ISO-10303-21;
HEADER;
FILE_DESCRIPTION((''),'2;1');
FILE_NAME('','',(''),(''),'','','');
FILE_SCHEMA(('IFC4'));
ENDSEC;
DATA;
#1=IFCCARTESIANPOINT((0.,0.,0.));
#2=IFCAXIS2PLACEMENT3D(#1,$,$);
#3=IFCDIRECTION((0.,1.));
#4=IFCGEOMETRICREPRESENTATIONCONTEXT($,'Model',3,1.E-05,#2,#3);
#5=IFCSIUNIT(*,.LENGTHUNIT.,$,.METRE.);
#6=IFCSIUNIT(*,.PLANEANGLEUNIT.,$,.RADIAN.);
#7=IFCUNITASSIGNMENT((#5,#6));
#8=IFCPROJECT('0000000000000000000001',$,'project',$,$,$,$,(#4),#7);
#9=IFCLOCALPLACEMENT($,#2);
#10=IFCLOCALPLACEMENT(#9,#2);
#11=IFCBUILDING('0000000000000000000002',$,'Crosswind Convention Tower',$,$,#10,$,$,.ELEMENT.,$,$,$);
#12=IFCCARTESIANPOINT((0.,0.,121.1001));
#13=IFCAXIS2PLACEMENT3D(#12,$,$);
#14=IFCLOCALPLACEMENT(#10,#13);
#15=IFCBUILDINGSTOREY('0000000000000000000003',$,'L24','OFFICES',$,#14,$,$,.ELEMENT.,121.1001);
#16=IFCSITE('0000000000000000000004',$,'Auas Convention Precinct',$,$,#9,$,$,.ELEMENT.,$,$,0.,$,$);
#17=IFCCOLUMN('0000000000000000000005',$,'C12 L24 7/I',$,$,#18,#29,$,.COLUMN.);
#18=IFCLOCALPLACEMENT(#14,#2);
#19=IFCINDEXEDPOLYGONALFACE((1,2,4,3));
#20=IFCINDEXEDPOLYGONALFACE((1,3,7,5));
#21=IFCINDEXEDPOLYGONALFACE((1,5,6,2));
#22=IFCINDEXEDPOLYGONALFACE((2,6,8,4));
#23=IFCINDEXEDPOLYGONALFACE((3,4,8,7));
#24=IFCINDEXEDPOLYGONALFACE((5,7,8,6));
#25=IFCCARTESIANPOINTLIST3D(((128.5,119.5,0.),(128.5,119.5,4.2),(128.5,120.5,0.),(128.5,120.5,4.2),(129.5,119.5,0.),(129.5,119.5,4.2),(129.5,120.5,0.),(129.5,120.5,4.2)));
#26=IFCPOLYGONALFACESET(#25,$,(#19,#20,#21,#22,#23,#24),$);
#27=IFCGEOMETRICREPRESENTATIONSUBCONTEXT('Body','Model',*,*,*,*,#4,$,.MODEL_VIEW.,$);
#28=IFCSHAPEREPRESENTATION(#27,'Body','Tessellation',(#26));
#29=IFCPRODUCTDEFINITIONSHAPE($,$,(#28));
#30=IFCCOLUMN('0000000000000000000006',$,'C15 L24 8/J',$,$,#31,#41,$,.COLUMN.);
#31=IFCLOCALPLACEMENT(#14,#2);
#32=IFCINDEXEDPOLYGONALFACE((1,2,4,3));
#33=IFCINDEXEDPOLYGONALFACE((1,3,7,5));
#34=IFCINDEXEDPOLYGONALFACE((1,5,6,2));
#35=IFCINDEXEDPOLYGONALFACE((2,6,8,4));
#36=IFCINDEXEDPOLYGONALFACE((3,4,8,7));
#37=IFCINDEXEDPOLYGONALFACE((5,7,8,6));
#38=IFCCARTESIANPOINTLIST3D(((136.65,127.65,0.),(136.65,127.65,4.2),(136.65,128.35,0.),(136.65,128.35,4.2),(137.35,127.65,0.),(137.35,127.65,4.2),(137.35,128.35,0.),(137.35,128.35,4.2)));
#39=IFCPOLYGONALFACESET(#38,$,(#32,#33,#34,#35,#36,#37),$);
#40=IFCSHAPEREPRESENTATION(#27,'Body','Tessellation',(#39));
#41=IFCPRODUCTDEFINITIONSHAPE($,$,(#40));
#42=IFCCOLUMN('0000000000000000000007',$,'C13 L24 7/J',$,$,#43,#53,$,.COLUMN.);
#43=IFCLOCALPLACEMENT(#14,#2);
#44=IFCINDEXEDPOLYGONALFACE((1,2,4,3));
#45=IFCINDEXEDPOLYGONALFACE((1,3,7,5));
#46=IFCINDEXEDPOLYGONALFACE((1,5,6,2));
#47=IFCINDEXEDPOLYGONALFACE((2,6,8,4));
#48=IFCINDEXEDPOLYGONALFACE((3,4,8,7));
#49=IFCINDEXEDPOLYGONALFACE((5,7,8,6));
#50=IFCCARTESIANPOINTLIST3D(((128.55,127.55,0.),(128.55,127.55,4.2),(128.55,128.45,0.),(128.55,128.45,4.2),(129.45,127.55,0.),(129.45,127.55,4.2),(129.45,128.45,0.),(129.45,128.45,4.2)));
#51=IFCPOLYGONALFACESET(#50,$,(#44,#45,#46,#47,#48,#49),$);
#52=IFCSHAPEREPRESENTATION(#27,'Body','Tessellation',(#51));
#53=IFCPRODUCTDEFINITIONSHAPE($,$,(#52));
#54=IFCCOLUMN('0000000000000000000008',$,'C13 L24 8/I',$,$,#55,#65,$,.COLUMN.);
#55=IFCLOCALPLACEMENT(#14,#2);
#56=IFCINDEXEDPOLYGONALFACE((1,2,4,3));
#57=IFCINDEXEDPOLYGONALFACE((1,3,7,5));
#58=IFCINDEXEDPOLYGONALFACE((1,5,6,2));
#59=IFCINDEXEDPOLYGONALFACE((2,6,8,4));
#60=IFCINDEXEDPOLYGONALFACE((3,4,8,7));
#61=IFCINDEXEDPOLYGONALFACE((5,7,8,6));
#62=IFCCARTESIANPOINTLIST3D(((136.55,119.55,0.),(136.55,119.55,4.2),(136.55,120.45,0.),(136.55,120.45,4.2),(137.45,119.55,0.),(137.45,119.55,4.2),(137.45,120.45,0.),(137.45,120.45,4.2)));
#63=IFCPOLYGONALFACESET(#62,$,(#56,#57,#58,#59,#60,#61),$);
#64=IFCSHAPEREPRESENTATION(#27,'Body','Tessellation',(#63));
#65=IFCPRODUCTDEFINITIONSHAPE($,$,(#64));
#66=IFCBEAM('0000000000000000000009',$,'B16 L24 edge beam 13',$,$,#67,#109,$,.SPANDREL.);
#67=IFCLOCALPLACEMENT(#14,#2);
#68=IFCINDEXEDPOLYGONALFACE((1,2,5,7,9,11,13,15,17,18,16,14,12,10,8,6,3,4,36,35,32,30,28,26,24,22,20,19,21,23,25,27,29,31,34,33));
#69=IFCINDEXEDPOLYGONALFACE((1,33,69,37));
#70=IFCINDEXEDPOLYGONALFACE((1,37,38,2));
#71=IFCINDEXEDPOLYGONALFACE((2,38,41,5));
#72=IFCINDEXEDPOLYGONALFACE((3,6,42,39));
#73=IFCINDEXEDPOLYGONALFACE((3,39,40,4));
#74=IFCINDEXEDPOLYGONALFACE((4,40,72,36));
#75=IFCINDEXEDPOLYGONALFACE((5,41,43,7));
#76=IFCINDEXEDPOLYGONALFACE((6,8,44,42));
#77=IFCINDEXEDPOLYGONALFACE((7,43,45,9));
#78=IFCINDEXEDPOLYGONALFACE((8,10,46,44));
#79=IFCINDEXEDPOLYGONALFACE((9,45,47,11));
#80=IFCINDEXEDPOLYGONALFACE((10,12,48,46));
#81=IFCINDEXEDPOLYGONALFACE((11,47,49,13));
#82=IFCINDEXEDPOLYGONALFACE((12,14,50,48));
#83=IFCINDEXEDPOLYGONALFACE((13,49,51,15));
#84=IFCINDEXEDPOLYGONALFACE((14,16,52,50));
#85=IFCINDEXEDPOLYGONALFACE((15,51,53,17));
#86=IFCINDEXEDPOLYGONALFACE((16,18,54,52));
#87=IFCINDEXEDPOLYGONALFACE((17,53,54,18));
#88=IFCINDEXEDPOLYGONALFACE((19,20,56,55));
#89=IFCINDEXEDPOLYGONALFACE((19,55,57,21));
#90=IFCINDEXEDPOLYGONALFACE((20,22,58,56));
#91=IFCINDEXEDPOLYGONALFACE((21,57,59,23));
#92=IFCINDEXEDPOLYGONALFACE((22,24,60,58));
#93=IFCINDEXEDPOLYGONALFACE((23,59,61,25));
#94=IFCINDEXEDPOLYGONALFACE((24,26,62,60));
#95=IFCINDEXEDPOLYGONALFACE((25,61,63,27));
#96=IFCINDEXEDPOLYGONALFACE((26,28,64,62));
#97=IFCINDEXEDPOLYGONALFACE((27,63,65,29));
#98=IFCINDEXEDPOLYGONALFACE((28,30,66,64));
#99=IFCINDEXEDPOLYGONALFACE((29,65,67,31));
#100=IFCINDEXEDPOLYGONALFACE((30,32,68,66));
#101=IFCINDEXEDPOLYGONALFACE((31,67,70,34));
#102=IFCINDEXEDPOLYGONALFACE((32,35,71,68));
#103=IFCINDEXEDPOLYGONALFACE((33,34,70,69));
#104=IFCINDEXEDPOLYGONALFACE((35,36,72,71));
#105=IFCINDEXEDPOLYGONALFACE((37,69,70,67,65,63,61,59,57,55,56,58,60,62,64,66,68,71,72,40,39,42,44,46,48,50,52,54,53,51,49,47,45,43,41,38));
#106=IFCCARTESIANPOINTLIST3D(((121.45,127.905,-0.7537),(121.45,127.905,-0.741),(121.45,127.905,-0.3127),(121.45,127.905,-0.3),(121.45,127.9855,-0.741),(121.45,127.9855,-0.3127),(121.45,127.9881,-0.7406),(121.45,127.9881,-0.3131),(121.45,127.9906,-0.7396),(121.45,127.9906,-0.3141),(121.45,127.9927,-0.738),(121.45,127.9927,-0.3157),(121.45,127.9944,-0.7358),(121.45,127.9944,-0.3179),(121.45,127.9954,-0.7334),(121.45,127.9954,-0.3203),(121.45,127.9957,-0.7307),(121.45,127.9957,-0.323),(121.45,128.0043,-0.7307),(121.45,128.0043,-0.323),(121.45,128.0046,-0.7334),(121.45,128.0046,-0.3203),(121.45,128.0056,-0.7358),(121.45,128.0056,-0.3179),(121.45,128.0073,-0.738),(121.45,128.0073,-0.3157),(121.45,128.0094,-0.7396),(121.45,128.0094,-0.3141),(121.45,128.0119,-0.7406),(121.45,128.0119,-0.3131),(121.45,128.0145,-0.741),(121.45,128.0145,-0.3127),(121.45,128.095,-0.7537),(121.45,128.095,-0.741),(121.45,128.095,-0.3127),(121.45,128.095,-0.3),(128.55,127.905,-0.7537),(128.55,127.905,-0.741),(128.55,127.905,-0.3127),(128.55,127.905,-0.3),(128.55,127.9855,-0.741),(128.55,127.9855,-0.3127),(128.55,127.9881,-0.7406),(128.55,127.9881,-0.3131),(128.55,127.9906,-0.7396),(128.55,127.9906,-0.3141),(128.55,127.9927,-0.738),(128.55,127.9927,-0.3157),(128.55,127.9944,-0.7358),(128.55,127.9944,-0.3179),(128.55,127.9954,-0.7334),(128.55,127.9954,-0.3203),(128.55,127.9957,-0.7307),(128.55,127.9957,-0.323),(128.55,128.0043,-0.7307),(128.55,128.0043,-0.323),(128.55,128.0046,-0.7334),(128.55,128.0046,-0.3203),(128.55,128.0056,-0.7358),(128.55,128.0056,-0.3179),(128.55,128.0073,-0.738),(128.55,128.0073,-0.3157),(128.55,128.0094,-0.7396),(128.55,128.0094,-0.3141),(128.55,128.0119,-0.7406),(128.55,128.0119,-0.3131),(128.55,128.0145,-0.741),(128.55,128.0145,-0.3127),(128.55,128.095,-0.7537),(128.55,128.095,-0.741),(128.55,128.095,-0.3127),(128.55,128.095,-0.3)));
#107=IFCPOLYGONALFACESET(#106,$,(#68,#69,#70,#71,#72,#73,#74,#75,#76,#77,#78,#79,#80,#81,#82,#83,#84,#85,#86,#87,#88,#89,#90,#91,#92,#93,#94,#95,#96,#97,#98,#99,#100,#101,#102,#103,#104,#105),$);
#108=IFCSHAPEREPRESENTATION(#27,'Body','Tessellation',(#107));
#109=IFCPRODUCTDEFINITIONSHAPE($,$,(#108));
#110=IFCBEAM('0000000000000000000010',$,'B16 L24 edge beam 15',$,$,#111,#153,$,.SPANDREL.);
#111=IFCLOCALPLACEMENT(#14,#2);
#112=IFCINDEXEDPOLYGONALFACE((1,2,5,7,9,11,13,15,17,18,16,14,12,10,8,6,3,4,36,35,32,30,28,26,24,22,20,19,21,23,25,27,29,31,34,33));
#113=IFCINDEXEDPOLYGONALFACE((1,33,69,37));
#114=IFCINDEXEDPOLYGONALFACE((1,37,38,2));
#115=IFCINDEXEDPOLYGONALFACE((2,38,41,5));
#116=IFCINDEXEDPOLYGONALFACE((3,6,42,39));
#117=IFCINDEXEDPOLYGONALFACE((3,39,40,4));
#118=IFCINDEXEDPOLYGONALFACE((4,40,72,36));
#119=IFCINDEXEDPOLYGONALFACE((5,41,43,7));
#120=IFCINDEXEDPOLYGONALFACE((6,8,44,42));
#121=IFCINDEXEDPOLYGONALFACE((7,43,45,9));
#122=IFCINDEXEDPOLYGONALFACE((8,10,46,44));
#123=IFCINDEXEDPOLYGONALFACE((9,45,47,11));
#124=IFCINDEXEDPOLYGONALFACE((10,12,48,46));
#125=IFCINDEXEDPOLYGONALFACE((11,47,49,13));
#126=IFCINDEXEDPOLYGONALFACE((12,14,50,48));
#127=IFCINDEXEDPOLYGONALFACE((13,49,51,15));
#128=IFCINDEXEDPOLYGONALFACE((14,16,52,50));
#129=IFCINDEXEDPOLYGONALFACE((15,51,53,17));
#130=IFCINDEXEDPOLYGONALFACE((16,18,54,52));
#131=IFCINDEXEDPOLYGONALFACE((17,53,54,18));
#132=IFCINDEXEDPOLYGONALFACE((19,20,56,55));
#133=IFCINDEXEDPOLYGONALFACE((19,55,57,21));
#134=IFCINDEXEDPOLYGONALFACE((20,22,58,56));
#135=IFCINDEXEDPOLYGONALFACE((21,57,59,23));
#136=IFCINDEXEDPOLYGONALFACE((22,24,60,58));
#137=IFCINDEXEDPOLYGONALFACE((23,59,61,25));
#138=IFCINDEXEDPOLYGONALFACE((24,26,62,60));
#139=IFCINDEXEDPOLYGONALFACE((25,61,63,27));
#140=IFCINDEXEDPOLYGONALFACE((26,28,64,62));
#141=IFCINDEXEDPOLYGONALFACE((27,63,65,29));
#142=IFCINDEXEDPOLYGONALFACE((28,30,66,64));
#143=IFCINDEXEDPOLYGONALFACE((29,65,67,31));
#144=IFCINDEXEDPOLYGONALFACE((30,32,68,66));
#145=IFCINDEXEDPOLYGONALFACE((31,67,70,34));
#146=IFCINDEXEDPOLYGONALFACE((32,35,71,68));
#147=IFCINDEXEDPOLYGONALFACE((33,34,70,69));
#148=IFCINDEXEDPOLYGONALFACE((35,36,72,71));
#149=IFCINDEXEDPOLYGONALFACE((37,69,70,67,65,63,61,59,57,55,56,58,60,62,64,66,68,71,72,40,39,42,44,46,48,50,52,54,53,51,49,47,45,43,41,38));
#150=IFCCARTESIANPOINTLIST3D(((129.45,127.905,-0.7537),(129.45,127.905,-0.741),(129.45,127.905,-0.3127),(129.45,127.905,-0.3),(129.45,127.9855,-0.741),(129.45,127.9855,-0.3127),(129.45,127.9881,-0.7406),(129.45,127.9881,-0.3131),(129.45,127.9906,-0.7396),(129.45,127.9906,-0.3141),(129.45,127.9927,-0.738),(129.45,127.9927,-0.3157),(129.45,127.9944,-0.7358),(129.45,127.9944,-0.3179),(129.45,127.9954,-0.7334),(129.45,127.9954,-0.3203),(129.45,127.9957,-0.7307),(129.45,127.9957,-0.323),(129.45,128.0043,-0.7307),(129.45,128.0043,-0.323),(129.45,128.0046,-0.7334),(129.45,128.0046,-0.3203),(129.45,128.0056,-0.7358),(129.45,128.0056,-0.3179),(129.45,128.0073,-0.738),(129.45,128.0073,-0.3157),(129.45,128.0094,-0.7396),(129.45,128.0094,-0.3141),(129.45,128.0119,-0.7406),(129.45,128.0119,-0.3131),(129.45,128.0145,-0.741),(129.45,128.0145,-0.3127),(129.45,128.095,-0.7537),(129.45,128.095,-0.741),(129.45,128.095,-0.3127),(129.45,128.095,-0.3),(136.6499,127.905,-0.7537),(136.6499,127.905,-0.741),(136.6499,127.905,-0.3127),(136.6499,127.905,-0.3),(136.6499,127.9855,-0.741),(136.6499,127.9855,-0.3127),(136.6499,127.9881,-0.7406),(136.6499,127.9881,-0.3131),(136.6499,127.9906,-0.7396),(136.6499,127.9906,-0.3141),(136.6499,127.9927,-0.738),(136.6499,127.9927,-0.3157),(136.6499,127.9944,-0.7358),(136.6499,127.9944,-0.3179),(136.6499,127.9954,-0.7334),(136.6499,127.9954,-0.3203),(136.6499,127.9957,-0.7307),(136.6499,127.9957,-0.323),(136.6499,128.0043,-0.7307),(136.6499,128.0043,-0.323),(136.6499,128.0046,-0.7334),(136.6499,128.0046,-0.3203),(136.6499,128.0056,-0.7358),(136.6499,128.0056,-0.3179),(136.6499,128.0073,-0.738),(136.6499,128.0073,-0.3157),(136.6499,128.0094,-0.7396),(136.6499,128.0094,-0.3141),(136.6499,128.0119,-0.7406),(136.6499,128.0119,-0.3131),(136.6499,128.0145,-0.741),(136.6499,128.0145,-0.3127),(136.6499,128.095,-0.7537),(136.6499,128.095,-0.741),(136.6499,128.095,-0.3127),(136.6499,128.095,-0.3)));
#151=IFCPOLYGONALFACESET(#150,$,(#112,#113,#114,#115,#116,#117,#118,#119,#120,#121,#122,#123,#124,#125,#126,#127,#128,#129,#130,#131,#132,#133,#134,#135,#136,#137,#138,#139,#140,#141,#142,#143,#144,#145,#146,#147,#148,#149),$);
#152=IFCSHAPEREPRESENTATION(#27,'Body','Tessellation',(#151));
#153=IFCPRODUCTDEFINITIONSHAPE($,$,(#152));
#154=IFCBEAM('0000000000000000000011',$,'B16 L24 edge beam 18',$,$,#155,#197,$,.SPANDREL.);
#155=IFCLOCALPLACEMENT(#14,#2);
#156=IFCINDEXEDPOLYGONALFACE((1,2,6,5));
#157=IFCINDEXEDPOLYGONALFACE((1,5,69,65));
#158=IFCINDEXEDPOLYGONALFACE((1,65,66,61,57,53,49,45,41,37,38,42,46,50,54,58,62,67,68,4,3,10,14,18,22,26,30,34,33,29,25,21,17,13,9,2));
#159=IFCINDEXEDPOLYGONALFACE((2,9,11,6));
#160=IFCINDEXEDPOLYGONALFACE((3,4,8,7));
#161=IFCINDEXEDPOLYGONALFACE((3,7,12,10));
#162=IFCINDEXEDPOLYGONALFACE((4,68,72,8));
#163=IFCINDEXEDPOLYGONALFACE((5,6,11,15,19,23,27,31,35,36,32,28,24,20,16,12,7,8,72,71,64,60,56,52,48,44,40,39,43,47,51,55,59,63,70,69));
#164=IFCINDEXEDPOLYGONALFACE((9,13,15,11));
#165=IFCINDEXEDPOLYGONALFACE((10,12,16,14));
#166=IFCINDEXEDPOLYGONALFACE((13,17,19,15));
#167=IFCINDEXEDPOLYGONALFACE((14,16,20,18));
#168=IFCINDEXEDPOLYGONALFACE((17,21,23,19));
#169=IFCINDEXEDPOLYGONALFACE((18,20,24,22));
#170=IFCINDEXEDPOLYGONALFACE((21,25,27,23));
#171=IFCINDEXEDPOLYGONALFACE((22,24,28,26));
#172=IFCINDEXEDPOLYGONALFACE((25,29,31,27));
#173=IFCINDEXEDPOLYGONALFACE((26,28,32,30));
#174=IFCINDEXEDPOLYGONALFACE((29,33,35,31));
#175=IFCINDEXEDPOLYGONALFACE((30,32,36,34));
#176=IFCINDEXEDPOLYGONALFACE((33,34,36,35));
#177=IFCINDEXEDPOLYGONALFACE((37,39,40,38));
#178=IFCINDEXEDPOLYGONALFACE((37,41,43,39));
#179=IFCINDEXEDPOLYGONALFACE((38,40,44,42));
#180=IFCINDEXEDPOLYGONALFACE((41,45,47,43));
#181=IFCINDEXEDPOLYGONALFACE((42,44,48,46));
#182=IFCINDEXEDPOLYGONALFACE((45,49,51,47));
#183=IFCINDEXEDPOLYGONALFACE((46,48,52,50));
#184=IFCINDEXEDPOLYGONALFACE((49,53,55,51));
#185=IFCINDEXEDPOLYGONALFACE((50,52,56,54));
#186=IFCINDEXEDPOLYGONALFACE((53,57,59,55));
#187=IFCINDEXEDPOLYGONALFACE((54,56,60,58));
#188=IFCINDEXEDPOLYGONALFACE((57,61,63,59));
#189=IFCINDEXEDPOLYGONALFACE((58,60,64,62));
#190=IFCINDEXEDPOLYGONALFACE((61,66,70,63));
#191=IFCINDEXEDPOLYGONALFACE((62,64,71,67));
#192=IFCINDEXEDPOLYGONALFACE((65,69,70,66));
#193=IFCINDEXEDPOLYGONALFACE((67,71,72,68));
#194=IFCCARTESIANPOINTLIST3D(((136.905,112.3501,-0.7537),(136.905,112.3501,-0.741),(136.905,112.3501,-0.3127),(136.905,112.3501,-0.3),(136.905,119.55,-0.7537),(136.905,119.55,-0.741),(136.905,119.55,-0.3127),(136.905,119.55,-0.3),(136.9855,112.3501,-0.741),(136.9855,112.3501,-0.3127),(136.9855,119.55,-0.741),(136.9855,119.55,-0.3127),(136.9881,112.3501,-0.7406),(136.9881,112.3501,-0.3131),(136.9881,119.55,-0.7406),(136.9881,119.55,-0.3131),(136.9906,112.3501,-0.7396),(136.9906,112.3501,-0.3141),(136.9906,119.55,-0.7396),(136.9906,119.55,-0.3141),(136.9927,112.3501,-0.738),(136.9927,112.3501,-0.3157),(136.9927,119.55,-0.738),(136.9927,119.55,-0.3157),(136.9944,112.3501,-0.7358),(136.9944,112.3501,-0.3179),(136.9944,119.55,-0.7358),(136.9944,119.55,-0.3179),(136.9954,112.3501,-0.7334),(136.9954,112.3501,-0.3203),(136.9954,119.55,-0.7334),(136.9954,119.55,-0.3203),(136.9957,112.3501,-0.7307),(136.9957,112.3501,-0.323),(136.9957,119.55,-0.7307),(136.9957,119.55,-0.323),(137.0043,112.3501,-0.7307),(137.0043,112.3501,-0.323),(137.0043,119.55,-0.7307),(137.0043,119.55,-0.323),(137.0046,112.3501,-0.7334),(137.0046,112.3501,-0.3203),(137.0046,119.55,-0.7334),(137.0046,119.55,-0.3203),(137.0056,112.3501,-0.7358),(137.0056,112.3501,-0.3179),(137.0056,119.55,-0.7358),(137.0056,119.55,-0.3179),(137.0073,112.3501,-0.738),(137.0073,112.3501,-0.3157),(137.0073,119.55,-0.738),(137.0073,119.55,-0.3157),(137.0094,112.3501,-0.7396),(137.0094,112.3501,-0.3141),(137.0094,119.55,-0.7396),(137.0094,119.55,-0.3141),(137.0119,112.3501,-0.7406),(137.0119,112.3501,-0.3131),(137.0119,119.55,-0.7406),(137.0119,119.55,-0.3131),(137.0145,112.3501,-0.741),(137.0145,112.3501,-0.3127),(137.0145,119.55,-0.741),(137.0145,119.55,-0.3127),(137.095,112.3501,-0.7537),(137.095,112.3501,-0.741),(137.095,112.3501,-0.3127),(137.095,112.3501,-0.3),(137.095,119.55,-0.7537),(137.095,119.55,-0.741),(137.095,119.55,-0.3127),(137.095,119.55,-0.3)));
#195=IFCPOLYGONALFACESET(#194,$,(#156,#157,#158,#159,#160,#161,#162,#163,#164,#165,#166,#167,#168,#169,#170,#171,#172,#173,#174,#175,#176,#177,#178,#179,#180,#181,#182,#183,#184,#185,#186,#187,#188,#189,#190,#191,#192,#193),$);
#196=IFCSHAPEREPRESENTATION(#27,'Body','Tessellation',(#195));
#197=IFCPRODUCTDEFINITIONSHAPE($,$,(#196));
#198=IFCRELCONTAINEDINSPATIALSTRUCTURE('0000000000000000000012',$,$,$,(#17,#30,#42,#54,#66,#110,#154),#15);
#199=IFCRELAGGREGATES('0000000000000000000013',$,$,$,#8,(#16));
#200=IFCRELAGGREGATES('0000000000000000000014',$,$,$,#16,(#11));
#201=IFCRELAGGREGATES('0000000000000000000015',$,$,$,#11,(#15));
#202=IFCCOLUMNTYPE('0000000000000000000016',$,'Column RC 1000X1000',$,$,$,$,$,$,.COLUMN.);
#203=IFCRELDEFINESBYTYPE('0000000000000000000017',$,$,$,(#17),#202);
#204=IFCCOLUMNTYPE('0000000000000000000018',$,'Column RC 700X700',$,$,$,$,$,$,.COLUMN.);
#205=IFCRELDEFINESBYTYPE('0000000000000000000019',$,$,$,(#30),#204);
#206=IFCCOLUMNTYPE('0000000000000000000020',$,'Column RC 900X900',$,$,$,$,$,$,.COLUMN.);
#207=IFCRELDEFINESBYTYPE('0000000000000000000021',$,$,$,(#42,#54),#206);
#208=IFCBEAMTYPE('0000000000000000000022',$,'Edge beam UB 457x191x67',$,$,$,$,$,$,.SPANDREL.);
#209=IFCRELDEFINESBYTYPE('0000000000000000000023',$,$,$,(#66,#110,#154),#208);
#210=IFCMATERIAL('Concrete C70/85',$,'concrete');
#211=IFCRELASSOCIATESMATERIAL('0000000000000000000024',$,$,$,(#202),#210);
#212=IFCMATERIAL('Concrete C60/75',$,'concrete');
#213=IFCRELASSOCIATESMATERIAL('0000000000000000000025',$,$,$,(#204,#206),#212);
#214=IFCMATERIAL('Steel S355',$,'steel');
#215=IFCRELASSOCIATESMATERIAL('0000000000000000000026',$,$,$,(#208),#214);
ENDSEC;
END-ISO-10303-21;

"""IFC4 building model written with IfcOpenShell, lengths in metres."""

from ifc_helpers import new_model, si_unit, direction, frame, origin, origin_2d, place, context, subcontext, project, spatial, rectangle, i_section, extrude, material, material_profile, profile_set, type_object, element, save


model = new_model("IFC4")

# Units and contexts
model_context = context("Model", 3, precision=1e-05, world=origin(), true_north=direction((0.0, 1.0)))
body_context = subcontext(model_context, "Body", "Model", "MODEL_VIEW")
ifc_project = project(units=[si_unit("LENGTHUNIT", "METRE"), si_unit("PLANEANGLEUNIT", "RADIAN")], contexts=[model_context])

# Site, building, storey
site_placement = place(None, origin())
site = spatial("IfcSite", under=ifc_project, at=site_placement, Name="Auas Convention Precinct", CompositionType="ELEMENT", RefElevation=0.0)
building_placement = place(site_placement, origin())
building = spatial("IfcBuilding", under=site, at=building_placement, Name="Crosswind Convention Tower", CompositionType="ELEMENT")
storey_placement = place(building_placement, frame((0.0, 0.0, 121.1001)))
storey = spatial("IfcBuildingStorey", under=building, at=storey_placement, Name="L24", Description="OFFICES", CompositionType="ELEMENT", Elevation=121.1001)

# Columns
ifc_material_1 = material(Name="Concrete C70/85", Category="concrete")
ifc_material_profile_1 = material_profile(ifc_material_1, rectangle(XDim=1.0, YDim=1.0, at=origin_2d()), Name="RC 1000X1000")
ifc_profile_set_1 = profile_set([ifc_material_profile_1], Name="Concrete C70/85")
column_type_1 = type_object("IfcColumnType", Name="Column RC 1000X1000", PredefinedType="COLUMN", material=ifc_profile_set_1)
column_1_placement = place(storey_placement, frame((129.0, 120.0, 0.0), z_axis=(0.0, 0.0, 1.0), x_axis=(1.0, 0.0, 0.0)))
element("IfcColumn", 1, at=column_1_placement, inside=storey, type_object=column_type_1, Name="C12 L24 7/I", PredefinedType="COLUMN", context=body_context, shape_type="SweptSolid", body=[
    extrude(rectangle(XDim=1.0, YDim=1.0, at=origin_2d()), origin(), (0.0, 0.0, 1.0), 4.2),
])
ifc_material_2 = material(Name="Concrete C60/75", Category="concrete")
ifc_material_profile_2 = material_profile(ifc_material_2, rectangle(XDim=0.7, YDim=0.7, at=origin_2d()), Name="RC 700X700")
ifc_profile_set_2 = profile_set([ifc_material_profile_2], Name="Concrete C60/75")
column_type_2 = type_object("IfcColumnType", Name="Column RC 700X700", PredefinedType="COLUMN", material=ifc_profile_set_2)
column_2_placement = place(storey_placement, frame((137.0, 128.0, 0.0), z_axis=(0.0, 0.0, 1.0), x_axis=(1.0, 0.0, 0.0)))
element("IfcColumn", 2, at=column_2_placement, inside=storey, type_object=column_type_2, Name="C15 L24 8/J", PredefinedType="COLUMN", context=body_context, shape_type="SweptSolid", body=[
    extrude(rectangle(XDim=0.7, YDim=0.7, at=origin_2d()), origin(), (0.0, 0.0, 1.0), 4.2),
])
ifc_material_profile_3 = material_profile(ifc_material_2, rectangle(XDim=0.8999, YDim=0.8999, at=origin_2d()), Name="RC 900X900")
ifc_profile_set_3 = profile_set([ifc_material_profile_3], Name="Concrete C60/75")
column_type_3 = type_object("IfcColumnType", Name="Column RC 900X900", PredefinedType="COLUMN", material=ifc_profile_set_3)
for number, where, z_axis, x_axis, name in (
    (3, (129.0, 128.0, 0.0), (0.0, 0.0, 1.0), (1.0, 0.0, 0.0), "C13 L24 7/J"),
    (4, (137.0, 120.0, 0.0), (0.0, 0.0, 1.0), (1.0, 0.0, 0.0), "C13 L24 8/I"),
):
    element("IfcColumn", number, at=place(storey_placement, frame(where, z_axis=z_axis, x_axis=x_axis)), inside=storey, type_object=column_type_3, Name=name, PredefinedType="COLUMN", context=body_context, shape_type="SweptSolid", body=[
        extrude(rectangle(XDim=0.8999, YDim=0.8999, at=origin_2d()), origin(), (0.0, 0.0, 1.0), 4.2),
    ])

# Beams
ifc_material_3 = material(Name="Steel S355", Category="steel")
ifc_material_profile_4 = material_profile(ifc_material_3, i_section(OverallWidth=0.1899, OverallDepth=0.4536, WebThickness=0.0085, FlangeThickness=0.0127, FilletRadius=0.0103, at=origin_2d()), Name="UB 457x191x67")
ifc_profile_set_4 = profile_set([ifc_material_profile_4], Name="Steel S355")
beam_type_1 = type_object("IfcBeamType", Name="Edge beam UB 457x191x67", PredefinedType="SPANDREL", material=ifc_profile_set_4)
beam_placement = place(storey_placement, frame((121.45, 128.0, -0.5269), z_axis=(1.0, 0.0, 0.0), x_axis=(0.0, 1.0, 0.0)))
element("IfcBeam", 5, at=beam_placement, inside=storey, type_object=beam_type_1, Name="B16 L24 edge beam 13", PredefinedType="SPANDREL", context=body_context, shape_type="SweptSolid", body=[
    extrude(i_section(OverallWidth=0.1899, OverallDepth=0.4536, WebThickness=0.0085, FlangeThickness=0.0127, FilletRadius=0.0103, at=origin_2d()), origin(), (0.0, 0.0, 1.0), 7.1001),
])
for number, where, z_axis, x_axis, name in (
    (6, (129.45, 128.0, -0.5269), (1.0, 0.0, 0.0), (0.0, 1.0, 0.0), "B16 L24 edge beam 15"),
    (7, (137.0, 112.3501, -0.5269), (0.0, 1.0, 0.0), (-1.0, 0.0, 0.0), "B16 L24 edge beam 18"),
):
    element("IfcBeam", number, at=place(storey_placement, frame(where, z_axis=z_axis, x_axis=x_axis)), inside=storey, type_object=beam_type_1, Name=name, PredefinedType="SPANDREL", context=body_context, shape_type="SweptSolid", body=[
        extrude(i_section(OverallWidth=0.1899, OverallDepth=0.4536, WebThickness=0.0085, FlangeThickness=0.0127, FilletRadius=0.0103, at=origin_2d()), origin(), (0.0, 0.0, 1.0), 7.2),
    ])

save(model, "model.ifc")
